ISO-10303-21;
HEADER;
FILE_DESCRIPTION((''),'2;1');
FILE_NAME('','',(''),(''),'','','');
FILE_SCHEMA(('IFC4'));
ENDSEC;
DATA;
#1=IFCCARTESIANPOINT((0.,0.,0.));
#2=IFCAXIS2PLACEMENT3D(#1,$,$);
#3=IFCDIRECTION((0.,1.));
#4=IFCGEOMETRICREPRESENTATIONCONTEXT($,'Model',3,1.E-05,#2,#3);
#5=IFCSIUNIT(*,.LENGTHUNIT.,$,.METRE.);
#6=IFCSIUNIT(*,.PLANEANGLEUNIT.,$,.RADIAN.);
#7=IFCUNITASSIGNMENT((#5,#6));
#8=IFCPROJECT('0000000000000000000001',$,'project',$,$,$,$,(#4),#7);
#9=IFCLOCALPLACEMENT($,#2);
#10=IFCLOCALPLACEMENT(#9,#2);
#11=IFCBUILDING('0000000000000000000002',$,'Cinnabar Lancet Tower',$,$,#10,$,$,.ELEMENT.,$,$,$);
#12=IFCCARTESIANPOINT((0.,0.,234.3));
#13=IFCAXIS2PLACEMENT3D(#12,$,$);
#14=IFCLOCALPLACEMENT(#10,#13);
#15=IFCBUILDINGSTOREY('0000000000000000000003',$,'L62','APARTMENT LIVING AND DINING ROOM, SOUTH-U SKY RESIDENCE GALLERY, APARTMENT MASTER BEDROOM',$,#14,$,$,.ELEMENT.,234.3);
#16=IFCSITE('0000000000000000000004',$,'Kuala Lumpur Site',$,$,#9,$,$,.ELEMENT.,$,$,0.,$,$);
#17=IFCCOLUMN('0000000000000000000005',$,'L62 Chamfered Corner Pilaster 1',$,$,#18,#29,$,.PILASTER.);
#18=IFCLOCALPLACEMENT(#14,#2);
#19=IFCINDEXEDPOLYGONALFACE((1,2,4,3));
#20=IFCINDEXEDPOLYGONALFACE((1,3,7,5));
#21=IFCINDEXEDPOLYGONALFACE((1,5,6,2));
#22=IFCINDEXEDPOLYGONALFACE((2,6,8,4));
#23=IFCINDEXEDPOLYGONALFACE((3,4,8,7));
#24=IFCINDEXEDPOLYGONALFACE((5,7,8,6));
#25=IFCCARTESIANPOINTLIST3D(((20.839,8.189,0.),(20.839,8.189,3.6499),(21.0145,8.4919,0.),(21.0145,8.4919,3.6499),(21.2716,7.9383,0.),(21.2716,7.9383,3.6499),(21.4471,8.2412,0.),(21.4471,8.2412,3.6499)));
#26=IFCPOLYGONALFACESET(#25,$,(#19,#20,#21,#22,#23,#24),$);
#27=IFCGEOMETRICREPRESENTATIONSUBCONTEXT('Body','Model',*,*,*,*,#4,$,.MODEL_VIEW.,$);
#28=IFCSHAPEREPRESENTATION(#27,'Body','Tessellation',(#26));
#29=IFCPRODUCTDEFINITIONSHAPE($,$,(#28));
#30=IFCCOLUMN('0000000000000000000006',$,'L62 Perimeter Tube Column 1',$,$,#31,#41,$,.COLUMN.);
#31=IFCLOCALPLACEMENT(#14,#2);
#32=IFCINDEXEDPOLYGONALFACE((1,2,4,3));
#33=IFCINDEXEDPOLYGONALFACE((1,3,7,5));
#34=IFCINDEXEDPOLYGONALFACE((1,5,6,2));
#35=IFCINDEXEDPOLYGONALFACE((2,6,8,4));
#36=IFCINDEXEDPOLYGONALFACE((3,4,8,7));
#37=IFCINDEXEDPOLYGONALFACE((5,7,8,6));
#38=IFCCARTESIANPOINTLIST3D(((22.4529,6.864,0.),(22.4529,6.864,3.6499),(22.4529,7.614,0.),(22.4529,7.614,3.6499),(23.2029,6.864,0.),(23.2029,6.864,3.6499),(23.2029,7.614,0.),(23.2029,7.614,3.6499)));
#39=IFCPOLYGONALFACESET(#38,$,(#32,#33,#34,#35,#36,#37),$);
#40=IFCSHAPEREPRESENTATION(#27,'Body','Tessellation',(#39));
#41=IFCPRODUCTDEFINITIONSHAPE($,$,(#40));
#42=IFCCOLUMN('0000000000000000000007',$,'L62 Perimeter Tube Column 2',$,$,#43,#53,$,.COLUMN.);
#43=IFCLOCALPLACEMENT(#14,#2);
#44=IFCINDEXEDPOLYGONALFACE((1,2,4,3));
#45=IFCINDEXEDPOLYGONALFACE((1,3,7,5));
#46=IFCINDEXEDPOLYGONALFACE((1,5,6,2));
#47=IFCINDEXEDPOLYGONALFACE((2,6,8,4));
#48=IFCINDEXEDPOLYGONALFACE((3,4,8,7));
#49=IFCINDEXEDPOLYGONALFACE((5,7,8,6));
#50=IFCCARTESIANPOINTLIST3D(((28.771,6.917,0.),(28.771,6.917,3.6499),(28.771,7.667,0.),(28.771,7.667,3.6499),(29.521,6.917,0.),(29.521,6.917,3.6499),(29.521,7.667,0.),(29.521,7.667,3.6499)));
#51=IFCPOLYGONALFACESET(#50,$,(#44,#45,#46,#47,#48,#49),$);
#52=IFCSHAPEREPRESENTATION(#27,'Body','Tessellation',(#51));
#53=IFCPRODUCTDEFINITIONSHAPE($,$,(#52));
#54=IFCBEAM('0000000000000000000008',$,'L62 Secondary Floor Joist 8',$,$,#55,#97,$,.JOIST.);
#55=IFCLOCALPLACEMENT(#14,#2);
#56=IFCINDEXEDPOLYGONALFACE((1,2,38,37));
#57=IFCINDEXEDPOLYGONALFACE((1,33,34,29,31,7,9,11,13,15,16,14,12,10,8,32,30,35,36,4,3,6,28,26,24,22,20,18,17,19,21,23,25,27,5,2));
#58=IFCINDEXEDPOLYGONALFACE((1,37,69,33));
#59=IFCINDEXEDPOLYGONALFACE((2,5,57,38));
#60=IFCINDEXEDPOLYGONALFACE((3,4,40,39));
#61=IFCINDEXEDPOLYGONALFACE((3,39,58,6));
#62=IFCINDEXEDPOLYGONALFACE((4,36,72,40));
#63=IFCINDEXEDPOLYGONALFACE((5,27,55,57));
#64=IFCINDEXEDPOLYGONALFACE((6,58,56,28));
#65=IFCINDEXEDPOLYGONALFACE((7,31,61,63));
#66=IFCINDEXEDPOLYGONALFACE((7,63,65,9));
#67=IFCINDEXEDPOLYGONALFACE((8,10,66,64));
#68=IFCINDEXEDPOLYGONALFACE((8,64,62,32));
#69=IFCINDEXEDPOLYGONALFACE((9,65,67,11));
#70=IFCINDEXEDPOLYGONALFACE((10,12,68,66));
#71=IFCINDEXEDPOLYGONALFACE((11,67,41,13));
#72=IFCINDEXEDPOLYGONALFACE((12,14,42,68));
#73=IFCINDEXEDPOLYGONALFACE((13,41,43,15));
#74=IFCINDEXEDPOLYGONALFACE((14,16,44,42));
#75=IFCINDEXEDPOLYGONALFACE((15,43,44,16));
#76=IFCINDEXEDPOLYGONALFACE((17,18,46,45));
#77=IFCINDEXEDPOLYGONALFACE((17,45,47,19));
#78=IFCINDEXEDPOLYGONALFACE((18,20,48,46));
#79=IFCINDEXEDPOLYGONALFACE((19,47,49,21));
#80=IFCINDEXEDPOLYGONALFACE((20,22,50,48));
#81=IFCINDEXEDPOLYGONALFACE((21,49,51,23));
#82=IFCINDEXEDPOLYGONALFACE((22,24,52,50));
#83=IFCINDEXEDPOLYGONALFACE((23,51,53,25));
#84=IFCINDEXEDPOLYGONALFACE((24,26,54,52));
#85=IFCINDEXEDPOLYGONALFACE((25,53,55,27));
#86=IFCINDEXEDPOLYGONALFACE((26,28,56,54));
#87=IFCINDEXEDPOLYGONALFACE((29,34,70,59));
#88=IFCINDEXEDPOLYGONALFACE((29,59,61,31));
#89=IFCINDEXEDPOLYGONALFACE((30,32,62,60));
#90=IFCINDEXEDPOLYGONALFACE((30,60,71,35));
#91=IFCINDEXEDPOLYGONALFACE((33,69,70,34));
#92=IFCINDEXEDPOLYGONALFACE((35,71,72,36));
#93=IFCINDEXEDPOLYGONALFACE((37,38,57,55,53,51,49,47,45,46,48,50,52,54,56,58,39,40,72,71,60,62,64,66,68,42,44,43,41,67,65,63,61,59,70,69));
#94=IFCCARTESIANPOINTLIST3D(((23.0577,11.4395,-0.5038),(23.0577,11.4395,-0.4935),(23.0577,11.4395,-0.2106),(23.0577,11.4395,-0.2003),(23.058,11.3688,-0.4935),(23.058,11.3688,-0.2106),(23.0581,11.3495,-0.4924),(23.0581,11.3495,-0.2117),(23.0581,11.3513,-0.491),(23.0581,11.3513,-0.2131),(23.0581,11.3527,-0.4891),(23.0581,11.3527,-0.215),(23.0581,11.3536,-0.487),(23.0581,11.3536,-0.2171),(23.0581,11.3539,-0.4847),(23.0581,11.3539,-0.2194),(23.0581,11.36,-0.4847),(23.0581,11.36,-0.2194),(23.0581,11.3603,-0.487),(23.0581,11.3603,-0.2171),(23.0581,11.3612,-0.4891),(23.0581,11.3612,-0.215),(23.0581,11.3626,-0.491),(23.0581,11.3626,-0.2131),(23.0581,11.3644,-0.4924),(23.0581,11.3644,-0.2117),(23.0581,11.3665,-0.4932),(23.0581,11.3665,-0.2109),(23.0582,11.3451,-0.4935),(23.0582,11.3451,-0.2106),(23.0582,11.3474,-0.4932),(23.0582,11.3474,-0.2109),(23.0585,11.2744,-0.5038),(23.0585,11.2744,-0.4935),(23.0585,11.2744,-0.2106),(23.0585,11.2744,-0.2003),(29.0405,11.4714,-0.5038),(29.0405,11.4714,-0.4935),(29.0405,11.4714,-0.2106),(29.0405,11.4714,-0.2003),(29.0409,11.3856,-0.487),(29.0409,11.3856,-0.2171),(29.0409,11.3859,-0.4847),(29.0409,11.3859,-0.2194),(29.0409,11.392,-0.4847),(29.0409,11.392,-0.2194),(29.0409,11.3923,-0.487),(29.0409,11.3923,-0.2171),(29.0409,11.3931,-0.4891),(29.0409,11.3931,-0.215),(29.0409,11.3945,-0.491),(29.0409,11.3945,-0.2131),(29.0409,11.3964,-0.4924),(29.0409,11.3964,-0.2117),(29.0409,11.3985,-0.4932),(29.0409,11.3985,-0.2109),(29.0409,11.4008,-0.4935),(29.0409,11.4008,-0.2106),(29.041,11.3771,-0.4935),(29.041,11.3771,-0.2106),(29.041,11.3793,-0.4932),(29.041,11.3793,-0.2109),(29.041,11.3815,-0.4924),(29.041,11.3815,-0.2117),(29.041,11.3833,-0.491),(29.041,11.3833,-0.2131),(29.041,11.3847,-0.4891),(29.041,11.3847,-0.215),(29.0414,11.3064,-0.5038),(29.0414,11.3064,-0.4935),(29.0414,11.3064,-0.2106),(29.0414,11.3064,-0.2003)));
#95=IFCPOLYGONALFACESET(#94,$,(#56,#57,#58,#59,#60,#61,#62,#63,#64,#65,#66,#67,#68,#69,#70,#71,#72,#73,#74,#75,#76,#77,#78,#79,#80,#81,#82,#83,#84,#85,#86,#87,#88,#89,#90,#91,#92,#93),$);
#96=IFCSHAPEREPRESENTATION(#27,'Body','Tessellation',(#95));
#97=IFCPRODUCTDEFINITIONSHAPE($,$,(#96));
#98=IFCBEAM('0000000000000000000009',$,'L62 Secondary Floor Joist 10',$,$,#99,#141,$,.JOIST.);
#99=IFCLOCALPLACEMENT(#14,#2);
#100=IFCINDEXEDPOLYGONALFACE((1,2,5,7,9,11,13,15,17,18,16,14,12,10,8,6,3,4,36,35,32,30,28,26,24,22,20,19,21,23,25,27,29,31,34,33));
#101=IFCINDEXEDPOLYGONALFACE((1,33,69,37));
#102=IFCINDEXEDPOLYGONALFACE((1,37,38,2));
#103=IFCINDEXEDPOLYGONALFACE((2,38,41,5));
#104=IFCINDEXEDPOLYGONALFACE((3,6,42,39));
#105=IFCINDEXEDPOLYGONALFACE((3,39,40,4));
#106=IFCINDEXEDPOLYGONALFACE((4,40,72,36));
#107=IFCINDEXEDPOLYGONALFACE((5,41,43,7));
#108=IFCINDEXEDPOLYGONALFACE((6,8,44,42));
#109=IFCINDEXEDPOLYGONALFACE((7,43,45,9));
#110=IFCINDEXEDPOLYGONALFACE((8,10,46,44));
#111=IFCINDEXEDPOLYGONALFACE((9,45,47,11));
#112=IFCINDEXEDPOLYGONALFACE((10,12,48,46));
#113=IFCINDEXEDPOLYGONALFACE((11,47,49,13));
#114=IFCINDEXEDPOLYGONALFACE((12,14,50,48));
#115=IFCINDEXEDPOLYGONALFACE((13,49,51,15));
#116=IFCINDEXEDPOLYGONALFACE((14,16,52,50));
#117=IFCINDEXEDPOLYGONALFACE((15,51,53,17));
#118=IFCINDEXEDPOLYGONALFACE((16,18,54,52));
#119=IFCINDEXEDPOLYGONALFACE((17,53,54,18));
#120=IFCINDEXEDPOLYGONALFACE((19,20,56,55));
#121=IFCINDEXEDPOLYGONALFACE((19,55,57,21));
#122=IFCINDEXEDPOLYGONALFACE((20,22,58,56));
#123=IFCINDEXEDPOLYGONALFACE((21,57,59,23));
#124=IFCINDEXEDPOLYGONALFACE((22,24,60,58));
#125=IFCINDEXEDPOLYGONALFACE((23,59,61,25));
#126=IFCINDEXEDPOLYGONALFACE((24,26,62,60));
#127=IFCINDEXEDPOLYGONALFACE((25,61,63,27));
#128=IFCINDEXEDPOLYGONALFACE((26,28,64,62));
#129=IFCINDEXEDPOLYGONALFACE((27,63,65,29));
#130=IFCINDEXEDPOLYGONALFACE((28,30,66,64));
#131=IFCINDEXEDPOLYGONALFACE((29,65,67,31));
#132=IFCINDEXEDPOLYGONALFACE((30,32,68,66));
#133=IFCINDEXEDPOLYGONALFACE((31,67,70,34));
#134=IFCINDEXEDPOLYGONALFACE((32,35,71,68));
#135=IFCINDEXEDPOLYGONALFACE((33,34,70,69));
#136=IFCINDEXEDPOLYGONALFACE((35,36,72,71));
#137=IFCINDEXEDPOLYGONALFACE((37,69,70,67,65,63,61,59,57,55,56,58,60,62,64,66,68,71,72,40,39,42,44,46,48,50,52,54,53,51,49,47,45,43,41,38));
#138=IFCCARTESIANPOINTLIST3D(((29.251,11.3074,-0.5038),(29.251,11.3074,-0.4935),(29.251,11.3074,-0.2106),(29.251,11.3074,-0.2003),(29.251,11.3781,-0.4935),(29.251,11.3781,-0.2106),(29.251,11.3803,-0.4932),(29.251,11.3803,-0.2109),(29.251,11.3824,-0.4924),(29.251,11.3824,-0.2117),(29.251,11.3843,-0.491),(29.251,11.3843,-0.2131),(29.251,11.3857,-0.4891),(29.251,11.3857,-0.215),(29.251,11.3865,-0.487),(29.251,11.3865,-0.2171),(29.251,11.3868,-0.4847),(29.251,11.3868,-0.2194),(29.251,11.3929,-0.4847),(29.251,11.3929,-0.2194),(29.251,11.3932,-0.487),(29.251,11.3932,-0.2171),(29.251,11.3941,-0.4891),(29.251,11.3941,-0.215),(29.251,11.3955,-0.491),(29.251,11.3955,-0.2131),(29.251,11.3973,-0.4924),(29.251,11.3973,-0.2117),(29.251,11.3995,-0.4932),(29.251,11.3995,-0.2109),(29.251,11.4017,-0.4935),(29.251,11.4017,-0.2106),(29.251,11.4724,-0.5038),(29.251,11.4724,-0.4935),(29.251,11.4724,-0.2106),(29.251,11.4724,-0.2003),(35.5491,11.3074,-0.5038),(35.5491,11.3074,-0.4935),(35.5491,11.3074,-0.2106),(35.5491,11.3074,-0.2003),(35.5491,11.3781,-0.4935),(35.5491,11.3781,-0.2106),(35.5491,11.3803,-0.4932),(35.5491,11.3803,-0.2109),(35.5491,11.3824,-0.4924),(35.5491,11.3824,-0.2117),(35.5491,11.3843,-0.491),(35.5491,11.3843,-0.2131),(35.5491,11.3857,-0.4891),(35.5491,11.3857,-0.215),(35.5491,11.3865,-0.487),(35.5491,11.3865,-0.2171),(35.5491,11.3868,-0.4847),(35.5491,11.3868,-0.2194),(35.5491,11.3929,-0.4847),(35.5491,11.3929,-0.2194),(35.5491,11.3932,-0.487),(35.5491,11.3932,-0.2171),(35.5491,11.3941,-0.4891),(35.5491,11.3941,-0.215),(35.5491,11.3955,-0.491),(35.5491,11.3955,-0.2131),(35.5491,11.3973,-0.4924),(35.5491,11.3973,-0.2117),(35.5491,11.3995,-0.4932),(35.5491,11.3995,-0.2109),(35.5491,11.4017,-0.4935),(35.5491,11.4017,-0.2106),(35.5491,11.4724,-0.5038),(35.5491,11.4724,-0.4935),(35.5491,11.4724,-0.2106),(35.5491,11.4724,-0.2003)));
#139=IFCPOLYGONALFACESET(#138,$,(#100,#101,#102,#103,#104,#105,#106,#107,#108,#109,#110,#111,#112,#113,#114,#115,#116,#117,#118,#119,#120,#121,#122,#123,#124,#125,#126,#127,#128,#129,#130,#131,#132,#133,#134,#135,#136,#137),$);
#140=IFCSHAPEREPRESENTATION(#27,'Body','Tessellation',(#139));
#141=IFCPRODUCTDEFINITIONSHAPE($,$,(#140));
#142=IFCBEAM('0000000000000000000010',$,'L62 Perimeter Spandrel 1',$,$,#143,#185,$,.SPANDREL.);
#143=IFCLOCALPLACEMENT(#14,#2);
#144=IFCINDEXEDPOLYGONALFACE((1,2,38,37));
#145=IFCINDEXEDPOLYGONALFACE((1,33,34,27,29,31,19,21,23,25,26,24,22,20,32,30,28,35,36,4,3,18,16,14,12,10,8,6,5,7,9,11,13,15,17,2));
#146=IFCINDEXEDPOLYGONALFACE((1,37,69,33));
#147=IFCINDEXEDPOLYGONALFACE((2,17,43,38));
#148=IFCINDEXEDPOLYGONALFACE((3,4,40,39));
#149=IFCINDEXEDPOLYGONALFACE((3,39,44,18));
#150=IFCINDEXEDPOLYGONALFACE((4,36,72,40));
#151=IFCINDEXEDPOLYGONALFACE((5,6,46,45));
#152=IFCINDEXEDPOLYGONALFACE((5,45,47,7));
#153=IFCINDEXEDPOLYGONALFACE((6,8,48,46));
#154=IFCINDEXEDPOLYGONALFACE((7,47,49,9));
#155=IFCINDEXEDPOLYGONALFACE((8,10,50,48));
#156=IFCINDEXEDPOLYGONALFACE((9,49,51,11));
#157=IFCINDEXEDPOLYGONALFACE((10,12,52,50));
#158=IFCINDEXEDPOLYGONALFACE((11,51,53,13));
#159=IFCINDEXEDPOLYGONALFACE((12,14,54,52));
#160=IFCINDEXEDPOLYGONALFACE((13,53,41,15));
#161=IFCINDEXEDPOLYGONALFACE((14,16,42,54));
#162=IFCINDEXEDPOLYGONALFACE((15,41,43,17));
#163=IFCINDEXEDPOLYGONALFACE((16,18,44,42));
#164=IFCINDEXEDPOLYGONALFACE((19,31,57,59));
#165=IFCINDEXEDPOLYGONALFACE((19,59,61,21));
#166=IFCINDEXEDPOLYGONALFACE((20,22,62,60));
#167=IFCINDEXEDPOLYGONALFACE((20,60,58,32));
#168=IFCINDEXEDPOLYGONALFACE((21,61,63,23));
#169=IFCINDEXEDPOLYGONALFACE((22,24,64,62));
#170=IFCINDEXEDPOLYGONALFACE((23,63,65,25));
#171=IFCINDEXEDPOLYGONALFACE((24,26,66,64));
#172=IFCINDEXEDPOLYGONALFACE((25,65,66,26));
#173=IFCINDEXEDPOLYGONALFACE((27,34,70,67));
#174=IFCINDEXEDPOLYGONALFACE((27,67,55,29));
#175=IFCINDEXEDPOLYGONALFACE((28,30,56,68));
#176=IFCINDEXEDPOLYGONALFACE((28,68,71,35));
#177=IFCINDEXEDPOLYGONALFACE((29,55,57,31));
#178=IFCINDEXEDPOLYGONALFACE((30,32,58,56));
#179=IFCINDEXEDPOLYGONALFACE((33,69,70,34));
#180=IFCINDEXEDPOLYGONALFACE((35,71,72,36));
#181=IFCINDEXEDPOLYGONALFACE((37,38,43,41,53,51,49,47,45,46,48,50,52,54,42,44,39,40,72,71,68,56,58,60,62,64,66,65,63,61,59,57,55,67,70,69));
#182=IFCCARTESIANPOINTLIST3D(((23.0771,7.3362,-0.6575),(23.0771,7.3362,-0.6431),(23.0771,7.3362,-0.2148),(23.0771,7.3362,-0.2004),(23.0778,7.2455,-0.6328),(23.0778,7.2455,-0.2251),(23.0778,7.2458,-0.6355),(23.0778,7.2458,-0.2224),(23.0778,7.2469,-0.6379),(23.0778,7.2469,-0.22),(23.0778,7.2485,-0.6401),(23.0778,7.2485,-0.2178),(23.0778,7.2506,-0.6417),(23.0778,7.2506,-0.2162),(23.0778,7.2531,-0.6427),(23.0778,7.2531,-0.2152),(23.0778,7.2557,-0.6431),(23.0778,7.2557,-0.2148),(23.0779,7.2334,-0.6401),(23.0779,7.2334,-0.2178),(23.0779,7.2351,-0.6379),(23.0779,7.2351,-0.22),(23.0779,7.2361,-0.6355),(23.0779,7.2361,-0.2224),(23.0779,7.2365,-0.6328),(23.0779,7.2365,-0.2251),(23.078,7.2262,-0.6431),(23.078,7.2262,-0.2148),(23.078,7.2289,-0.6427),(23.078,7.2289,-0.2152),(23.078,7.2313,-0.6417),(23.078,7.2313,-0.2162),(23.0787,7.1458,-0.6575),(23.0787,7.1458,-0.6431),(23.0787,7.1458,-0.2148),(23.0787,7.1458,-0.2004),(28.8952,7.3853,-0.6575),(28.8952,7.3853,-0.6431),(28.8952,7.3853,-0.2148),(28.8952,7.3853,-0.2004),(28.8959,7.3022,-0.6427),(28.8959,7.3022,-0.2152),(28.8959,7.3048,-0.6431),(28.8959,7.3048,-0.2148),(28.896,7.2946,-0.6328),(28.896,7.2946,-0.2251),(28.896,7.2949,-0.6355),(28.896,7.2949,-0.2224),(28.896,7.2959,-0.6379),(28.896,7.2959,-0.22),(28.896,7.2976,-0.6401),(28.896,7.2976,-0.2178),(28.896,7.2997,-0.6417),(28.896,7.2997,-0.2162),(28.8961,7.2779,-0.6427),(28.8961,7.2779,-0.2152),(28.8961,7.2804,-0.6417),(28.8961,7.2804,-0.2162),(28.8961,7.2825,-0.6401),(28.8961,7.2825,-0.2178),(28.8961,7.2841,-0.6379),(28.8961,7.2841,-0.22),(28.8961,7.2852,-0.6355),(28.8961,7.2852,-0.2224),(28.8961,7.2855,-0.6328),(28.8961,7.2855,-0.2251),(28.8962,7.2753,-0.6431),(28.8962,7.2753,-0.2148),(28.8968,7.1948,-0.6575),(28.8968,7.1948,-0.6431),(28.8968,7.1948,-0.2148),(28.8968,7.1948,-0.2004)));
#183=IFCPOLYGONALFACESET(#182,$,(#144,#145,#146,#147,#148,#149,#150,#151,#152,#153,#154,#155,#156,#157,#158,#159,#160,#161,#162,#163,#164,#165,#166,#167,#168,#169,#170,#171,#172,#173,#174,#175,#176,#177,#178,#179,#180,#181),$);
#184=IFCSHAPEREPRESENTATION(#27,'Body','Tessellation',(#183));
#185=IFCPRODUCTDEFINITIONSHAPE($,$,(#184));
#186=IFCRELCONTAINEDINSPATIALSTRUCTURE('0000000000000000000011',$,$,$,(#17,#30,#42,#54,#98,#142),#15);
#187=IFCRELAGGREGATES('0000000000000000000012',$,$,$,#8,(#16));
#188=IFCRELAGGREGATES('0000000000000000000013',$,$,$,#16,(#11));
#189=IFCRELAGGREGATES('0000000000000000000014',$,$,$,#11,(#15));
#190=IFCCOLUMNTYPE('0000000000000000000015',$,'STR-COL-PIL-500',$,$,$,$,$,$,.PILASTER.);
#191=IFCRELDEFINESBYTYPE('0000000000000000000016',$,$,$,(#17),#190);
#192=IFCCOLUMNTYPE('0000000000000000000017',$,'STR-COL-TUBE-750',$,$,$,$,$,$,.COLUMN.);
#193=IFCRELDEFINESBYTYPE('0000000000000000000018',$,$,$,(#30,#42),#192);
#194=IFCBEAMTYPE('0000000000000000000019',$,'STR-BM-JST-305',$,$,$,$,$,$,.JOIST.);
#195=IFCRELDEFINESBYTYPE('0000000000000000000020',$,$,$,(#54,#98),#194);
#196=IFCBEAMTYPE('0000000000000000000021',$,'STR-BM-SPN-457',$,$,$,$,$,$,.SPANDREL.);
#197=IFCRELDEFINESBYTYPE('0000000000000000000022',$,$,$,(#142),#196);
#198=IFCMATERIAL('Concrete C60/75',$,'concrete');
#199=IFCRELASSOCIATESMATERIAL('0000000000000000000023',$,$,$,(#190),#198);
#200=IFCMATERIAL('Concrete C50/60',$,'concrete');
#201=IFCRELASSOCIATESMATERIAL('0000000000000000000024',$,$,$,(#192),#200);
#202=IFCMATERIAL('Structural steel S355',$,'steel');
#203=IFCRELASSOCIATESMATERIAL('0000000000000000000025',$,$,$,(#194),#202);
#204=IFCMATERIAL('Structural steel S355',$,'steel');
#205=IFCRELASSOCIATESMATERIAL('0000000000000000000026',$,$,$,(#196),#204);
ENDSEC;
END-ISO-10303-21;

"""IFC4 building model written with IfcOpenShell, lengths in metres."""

from ifc_helpers import new_model, si_unit, direction, frame, origin, origin_2d, place, context, subcontext, project, spatial, rectangle, i_section, extrude, material, material_profile, profile_set, type_object, element, save


model = new_model("IFC4")

# Units and contexts
model_context = context("Model", 3, precision=1e-05, world=origin(), true_north=direction((0.0, 1.0)))
body_context = subcontext(model_context, "Body", "Model", "MODEL_VIEW")
ifc_project = project(units=[si_unit("LENGTHUNIT", "METRE"), si_unit("PLANEANGLEUNIT", "RADIAN")], contexts=[model_context])

# Site, building, storey
site_placement = place(None, origin())
site = spatial("IfcSite", under=ifc_project, at=site_placement, Name="Kuala Lumpur Site", CompositionType="ELEMENT", RefElevation=0.0)
building_placement = place(site_placement, origin())
building = spatial("IfcBuilding", under=site, at=building_placement, Name="Cinnabar Lancet Tower", CompositionType="ELEMENT")
storey_placement = place(building_placement, frame((0.0, 0.0, 234.3)))
storey = spatial("IfcBuildingStorey", under=building, at=storey_placement, Name="L62", Description="APARTMENT LIVING AND DINING ROOM, SOUTH-U SKY RESIDENCE GALLERY, APARTMENT MASTER BEDROOM", CompositionType="ELEMENT", Elevation=234.3)

# Columns
ifc_material_1 = material(Name="Concrete C60/75", Category="concrete")
ifc_material_profile_1 = material_profile(ifc_material_1, rectangle(XDim=0.5, YDim=0.3501, at=origin_2d()), Name="RC-PIL 500x350")
ifc_profile_set_1 = profile_set([ifc_material_profile_1], Name="Concrete C60/75")
column_type_1 = type_object("IfcColumnType", Name="STR-COL-PIL-500", PredefinedType="PILASTER", material=ifc_profile_set_1)
column_placement = place(storey_placement, frame((21.1431, 8.2151, 0.0), z_axis=(0.0, 0.0, 1.0), x_axis=(0.865256, -0.50133, 0.0)))
element("IfcColumn", 1, at=column_placement, inside=storey, type_object=column_type_1, Name="L62 Chamfered Corner Pilaster 1", PredefinedType="PILASTER", context=body_context, shape_type="SweptSolid", body=[
    extrude(rectangle(XDim=0.5, YDim=0.3501, at=origin_2d()), origin(), (0.0, 0.0, 1.0), 3.6499),
])
ifc_material_2 = material(Name="Concrete C50/60", Category="concrete")
ifc_material_profile_2 = material_profile(ifc_material_2, rectangle(XDim=0.75, YDim=0.75, at=origin_2d()), Name="RC-COL 750x750")
ifc_profile_set_2 = profile_set([ifc_material_profile_2], Name="Concrete C50/60")
column_type_2 = type_object("IfcColumnType", Name="STR-COL-TUBE-750", PredefinedType="COLUMN", material=ifc_profile_set_2)
for number, where, z_axis, x_axis, name in (
    (2, (22.8279, 7.239, 0.0), (0.0, 0.0, 1.0), (1.0, 0.0, 0.0), "L62 Perimeter Tube Column 1"),
    (3, (29.146, 7.292, 0.0), (0.0, 0.0, 1.0), (1.0, 0.0, 0.0), "L62 Perimeter Tube Column 2"),
):
    element("IfcColumn", number, at=place(storey_placement, frame(where, z_axis=z_axis, x_axis=x_axis)), inside=storey, type_object=column_type_2, Name=name, PredefinedType="COLUMN", context=body_context, shape_type="SweptSolid", body=[
        extrude(rectangle(XDim=0.75, YDim=0.75, at=origin_2d()), origin(), (0.0, 0.0, 1.0), 3.6499),
    ])

# Beams
ifc_material_3 = material(Name="Structural steel S355", Category="steel")
ifc_material_profile_3 = material_profile(ifc_material_3, i_section(OverallWidth=0.165, OverallDepth=0.3035, WebThickness=0.0061, FlangeThickness=0.0103, FilletRadius=0.0088, at=origin_2d()), Name="UKB 305x165x40")
ifc_profile_set_3 = profile_set([ifc_material_profile_3], Name="Structural steel S355")
beam_type_1 = type_object("IfcBeamType", Name="STR-BM-JST-305", PredefinedType="JOIST", material=ifc_profile_set_3)
beam_1_placement = place(storey_placement, frame((23.0581, 11.3569, -0.3521), z_axis=(0.999986, 0.005346, 0.0), x_axis=(-0.005346, 0.999986, 0.0)))
element("IfcBeam", 4, at=beam_1_placement, inside=storey, type_object=beam_type_1, Name="L62 Secondary Floor Joist 8", PredefinedType="JOIST", context=body_context, shape_type="SweptSolid", body=[
    extrude(i_section(OverallWidth=0.165, OverallDepth=0.3035, WebThickness=0.0061, FlangeThickness=0.0103, FilletRadius=0.0088, at=origin_2d()), origin(), (0.0, 0.0, 1.0), 5.9829),
])
beam_2_placement = place(storey_placement, frame((29.251, 11.3899, -0.3521), z_axis=(1.0, 0.0, 0.0), x_axis=(0.0, 1.0, 0.0)))
element("IfcBeam", 5, at=beam_2_placement, inside=storey, type_object=beam_type_1, Name="L62 Secondary Floor Joist 10", PredefinedType="JOIST", context=body_context, shape_type="SweptSolid", body=[
    extrude(i_section(OverallWidth=0.165, OverallDepth=0.3035, WebThickness=0.0061, FlangeThickness=0.0103, FilletRadius=0.0088, at=origin_2d()), origin(), (0.0, 0.0, 1.0), 6.2981),
])
ifc_material_4 = material(Name="Structural steel S355", Category="steel")
ifc_material_profile_4 = material_profile(ifc_material_4, i_section(OverallWidth=0.1904, OverallDepth=0.457, WebThickness=0.009, FlangeThickness=0.0144, FilletRadius=0.0103, at=origin_2d()), Name="UKB 457x191x74")
ifc_profile_set_4 = profile_set([ifc_material_profile_4], Name="Structural steel S355")
beam_type_2 = type_object("IfcBeamType", Name="STR-BM-SPN-457", PredefinedType="SPANDREL", material=ifc_profile_set_4)
beam_3_placement = place(storey_placement, frame((23.0779, 7.241, -0.429), z_axis=(0.999964, 0.008434, 0.0), x_axis=(-0.008434, 0.999964, 0.0)))
element("IfcBeam", 6, at=beam_3_placement, inside=storey, type_object=beam_type_2, Name="L62 Perimeter Spandrel 1", PredefinedType="SPANDREL", context=body_context, shape_type="SweptSolid", body=[
    extrude(i_section(OverallWidth=0.1904, OverallDepth=0.457, WebThickness=0.009, FlangeThickness=0.0144, FilletRadius=0.0103, at=origin_2d()), origin(), (0.0, 0.0, 1.0), 5.8184),
])

save(model, "model.ifc")
